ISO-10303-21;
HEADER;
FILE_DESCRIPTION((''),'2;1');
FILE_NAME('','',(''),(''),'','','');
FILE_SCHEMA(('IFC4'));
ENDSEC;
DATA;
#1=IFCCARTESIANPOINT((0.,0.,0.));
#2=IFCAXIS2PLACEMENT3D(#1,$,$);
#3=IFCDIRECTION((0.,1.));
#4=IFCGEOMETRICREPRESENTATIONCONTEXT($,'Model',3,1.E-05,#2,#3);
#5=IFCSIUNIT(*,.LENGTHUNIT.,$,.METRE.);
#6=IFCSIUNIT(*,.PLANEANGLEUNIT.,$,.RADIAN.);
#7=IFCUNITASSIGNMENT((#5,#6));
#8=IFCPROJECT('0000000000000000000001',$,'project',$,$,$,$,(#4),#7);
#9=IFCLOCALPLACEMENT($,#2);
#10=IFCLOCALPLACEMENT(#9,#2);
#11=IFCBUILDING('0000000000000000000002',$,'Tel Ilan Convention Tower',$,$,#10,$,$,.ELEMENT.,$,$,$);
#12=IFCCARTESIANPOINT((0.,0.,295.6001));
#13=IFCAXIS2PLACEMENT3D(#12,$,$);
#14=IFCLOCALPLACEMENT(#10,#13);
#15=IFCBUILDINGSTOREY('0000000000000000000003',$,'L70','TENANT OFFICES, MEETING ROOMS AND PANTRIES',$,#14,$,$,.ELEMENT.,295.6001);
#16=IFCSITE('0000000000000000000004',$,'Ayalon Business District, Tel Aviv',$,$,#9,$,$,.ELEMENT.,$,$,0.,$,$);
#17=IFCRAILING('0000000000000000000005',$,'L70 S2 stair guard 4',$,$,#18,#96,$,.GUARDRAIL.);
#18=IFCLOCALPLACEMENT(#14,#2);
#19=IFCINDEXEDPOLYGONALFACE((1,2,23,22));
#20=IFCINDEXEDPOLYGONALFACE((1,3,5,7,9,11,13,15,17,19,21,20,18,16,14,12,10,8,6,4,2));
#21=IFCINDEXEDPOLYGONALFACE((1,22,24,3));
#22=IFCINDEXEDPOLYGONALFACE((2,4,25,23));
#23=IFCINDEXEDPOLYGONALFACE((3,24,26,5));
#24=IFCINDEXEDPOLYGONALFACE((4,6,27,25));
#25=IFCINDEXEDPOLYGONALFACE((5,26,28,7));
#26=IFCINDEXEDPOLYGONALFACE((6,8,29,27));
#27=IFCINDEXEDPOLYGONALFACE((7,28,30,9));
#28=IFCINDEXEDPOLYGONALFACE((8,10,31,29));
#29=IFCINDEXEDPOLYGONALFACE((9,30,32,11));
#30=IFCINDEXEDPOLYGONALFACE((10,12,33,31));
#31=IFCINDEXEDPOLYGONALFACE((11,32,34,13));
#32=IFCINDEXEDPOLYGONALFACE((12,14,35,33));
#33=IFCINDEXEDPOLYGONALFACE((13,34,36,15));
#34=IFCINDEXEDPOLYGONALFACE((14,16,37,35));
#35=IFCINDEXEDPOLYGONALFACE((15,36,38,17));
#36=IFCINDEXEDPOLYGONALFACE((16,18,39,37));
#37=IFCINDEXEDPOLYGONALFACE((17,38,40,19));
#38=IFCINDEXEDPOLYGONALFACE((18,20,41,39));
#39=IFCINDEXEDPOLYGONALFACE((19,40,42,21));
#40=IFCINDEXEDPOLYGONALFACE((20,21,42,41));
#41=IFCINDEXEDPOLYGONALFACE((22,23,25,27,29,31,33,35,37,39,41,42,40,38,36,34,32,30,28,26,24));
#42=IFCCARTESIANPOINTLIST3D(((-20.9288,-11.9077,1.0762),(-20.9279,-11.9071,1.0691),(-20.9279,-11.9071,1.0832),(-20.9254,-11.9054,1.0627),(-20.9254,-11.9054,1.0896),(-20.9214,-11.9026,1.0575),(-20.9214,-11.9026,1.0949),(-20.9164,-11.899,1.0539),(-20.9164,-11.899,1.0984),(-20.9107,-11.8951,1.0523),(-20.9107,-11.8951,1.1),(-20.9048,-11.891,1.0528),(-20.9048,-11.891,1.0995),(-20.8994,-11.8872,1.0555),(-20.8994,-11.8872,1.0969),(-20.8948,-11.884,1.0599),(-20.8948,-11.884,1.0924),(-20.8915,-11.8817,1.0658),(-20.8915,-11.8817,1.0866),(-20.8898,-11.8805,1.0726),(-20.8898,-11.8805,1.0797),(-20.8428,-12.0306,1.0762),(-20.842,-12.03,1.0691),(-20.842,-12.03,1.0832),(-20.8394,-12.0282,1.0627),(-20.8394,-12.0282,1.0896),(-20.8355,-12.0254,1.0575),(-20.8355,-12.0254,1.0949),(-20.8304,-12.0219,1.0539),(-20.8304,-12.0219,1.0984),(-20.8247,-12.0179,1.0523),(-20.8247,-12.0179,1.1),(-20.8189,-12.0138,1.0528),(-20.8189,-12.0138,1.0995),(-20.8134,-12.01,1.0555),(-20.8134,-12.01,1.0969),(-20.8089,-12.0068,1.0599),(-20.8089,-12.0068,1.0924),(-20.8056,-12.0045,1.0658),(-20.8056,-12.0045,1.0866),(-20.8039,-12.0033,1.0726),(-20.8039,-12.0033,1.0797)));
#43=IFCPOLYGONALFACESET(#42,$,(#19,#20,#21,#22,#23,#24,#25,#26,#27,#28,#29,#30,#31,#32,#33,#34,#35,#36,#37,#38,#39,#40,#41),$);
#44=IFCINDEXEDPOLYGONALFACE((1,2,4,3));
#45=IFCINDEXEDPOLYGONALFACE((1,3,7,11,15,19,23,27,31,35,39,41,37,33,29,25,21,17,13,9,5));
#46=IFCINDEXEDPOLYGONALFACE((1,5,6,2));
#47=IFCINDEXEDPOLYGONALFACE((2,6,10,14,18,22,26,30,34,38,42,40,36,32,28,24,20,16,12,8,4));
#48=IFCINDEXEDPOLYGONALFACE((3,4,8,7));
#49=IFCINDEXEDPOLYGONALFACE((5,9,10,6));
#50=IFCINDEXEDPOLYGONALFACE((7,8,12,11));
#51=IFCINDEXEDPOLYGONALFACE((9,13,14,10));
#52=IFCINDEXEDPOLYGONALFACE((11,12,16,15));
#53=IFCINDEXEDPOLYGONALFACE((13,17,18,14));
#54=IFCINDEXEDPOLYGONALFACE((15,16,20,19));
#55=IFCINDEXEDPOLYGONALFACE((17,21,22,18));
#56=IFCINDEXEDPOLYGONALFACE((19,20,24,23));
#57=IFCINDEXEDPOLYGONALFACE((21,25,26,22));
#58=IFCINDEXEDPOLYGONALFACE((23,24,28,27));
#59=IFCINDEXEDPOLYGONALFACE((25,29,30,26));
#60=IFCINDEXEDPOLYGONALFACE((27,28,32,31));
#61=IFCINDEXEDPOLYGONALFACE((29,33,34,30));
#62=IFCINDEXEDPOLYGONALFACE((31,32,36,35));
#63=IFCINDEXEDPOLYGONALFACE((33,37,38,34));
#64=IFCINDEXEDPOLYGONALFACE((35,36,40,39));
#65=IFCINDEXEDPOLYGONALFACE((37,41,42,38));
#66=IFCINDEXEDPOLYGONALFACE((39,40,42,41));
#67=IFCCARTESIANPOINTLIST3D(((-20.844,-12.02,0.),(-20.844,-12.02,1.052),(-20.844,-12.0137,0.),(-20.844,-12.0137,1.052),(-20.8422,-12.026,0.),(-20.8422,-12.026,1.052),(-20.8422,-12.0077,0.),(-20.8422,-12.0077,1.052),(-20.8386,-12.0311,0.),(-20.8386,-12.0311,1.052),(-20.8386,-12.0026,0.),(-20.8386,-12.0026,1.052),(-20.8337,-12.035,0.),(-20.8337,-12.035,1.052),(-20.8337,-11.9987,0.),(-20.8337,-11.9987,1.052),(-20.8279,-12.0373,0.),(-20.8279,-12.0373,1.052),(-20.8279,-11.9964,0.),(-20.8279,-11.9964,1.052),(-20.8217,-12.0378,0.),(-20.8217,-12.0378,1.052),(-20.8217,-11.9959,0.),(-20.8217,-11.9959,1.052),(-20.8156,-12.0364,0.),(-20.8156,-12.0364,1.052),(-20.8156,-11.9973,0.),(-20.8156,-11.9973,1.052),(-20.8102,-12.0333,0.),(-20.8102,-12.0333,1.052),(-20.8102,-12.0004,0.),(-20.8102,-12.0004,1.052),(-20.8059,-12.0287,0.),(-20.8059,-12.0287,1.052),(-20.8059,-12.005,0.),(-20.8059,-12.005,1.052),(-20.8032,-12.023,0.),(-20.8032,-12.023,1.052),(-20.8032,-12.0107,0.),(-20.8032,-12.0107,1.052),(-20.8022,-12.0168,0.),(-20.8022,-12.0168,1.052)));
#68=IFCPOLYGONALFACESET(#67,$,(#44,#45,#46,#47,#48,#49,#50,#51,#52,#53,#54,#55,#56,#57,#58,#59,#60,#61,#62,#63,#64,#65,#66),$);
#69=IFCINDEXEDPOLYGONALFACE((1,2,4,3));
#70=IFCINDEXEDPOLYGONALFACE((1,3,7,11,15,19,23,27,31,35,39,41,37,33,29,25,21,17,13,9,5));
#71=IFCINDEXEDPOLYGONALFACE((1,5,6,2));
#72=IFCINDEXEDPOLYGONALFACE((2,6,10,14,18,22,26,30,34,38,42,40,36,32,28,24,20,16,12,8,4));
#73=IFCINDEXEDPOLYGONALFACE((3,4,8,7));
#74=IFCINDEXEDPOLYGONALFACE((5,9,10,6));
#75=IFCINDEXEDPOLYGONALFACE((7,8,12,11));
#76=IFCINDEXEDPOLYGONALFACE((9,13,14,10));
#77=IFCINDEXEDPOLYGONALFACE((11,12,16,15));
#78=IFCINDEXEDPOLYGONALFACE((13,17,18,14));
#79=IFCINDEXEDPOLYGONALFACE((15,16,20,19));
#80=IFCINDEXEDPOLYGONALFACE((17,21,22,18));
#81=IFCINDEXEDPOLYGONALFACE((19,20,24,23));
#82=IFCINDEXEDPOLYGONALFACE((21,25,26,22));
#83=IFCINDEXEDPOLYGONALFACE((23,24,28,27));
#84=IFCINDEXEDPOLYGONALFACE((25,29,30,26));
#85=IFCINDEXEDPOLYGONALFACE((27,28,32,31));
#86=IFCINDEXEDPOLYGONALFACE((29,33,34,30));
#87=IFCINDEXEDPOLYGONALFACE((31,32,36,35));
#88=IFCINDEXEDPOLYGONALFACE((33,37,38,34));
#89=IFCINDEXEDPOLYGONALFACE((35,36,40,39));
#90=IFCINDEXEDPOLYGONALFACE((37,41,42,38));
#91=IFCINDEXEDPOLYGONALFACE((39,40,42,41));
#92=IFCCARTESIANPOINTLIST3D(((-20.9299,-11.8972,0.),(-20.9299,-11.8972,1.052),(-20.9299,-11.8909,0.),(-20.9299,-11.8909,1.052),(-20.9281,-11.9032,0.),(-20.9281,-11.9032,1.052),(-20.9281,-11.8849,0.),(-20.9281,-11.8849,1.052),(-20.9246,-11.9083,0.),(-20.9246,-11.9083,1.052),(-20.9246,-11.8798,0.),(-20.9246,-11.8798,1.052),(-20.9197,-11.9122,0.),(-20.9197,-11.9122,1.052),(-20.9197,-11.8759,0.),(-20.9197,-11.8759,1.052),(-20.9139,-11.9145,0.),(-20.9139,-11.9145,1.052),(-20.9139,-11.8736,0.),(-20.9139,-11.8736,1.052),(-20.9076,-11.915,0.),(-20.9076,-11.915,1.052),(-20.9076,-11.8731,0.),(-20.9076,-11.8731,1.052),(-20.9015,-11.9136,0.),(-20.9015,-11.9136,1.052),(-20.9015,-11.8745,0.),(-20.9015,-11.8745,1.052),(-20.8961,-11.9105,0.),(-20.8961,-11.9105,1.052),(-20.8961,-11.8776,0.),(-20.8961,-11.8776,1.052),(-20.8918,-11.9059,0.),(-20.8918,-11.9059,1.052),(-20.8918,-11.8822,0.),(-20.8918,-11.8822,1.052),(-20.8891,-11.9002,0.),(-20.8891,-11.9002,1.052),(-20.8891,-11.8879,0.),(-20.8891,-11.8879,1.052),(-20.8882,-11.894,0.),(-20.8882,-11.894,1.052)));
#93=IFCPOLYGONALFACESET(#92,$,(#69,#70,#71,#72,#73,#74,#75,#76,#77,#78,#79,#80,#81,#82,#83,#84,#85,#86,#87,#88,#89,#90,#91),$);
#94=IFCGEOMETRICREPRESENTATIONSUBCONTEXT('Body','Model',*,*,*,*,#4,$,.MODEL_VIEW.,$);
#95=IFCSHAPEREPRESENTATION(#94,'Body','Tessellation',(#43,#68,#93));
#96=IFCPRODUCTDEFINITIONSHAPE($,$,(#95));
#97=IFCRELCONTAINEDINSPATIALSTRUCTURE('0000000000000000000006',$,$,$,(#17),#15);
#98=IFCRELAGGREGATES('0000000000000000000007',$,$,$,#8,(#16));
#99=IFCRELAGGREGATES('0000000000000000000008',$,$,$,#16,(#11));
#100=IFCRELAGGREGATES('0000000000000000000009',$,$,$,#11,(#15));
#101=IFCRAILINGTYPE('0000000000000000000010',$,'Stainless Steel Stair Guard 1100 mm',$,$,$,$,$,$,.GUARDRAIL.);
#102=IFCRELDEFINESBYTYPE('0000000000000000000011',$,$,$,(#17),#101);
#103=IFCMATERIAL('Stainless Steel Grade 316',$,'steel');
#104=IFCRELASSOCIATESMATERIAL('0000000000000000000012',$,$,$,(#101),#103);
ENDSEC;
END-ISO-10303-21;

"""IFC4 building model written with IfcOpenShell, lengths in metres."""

from ifc_helpers import new_model, si_unit, direction, frame, origin, origin_2d, place, context, subcontext, project, spatial, circle, extrude, material, type_object, element, save


model = new_model("IFC4")

# Units and contexts
model_context = context("Model", 3, precision=1e-05, world=origin(), true_north=direction((0.0, 1.0)))
body_context = subcontext(model_context, "Body", "Model", "MODEL_VIEW")
ifc_project = project(units=[si_unit("LENGTHUNIT", "METRE"), si_unit("PLANEANGLEUNIT", "RADIAN")], contexts=[model_context])

# Site, building, storey
site_placement = place(None, origin())
site = spatial("IfcSite", under=ifc_project, at=site_placement, Name="Ayalon Business District, Tel Aviv", CompositionType="ELEMENT", RefElevation=0.0)
building_placement = place(site_placement, origin())
building = spatial("IfcBuilding", under=site, at=building_placement, Name="Tel Ilan Convention Tower", CompositionType="ELEMENT")
storey_placement = place(building_placement, frame((0.0, 0.0, 295.6001)))
storey = spatial("IfcBuildingStorey", under=building, at=storey_placement, Name="L70", Description="TENANT OFFICES, MEETING ROOMS AND PANTRIES", CompositionType="ELEMENT", Elevation=295.6001)

# Railing
ifc_material_1 = material(Name="Stainless Steel Grade 316", Category="steel")
railing_type_1 = type_object("IfcRailingType", Name="Stainless Steel Stair Guard 1100 mm", PredefinedType="GUARDRAIL", material=ifc_material_1)
railing_1_placement = place(storey_placement, frame((-20.8232, -12.0168, 0.0)))
element("IfcRailing", 1, at=railing_1_placement, inside=storey, type_object=railing_type_1, Name="L70 S2 stair guard 4", PredefinedType="GUARDRAIL", context=body_context, shape_type="SweptSolid", body=[
    extrude(circle(Radius=0.0239, at=origin_2d()), frame((0.0, 0.0, 1.0762), z_axis=(-0.573353, 0.819308, 0.0), x_axis=(-0.819308, -0.573353, 0.0)), (0.0, 0.0, 1.0), 0.1499),
    extrude(circle(Radius=0.021, at=origin_2d()), origin(), (0.0, 0.0, 1.0), 1.052),
    extrude(circle(Radius=0.021, at=origin_2d()), frame((-0.0859, 0.1228, 0.0)), (0.0, 0.0, 1.0), 1.052),
])

save(model, "model.ifc")
